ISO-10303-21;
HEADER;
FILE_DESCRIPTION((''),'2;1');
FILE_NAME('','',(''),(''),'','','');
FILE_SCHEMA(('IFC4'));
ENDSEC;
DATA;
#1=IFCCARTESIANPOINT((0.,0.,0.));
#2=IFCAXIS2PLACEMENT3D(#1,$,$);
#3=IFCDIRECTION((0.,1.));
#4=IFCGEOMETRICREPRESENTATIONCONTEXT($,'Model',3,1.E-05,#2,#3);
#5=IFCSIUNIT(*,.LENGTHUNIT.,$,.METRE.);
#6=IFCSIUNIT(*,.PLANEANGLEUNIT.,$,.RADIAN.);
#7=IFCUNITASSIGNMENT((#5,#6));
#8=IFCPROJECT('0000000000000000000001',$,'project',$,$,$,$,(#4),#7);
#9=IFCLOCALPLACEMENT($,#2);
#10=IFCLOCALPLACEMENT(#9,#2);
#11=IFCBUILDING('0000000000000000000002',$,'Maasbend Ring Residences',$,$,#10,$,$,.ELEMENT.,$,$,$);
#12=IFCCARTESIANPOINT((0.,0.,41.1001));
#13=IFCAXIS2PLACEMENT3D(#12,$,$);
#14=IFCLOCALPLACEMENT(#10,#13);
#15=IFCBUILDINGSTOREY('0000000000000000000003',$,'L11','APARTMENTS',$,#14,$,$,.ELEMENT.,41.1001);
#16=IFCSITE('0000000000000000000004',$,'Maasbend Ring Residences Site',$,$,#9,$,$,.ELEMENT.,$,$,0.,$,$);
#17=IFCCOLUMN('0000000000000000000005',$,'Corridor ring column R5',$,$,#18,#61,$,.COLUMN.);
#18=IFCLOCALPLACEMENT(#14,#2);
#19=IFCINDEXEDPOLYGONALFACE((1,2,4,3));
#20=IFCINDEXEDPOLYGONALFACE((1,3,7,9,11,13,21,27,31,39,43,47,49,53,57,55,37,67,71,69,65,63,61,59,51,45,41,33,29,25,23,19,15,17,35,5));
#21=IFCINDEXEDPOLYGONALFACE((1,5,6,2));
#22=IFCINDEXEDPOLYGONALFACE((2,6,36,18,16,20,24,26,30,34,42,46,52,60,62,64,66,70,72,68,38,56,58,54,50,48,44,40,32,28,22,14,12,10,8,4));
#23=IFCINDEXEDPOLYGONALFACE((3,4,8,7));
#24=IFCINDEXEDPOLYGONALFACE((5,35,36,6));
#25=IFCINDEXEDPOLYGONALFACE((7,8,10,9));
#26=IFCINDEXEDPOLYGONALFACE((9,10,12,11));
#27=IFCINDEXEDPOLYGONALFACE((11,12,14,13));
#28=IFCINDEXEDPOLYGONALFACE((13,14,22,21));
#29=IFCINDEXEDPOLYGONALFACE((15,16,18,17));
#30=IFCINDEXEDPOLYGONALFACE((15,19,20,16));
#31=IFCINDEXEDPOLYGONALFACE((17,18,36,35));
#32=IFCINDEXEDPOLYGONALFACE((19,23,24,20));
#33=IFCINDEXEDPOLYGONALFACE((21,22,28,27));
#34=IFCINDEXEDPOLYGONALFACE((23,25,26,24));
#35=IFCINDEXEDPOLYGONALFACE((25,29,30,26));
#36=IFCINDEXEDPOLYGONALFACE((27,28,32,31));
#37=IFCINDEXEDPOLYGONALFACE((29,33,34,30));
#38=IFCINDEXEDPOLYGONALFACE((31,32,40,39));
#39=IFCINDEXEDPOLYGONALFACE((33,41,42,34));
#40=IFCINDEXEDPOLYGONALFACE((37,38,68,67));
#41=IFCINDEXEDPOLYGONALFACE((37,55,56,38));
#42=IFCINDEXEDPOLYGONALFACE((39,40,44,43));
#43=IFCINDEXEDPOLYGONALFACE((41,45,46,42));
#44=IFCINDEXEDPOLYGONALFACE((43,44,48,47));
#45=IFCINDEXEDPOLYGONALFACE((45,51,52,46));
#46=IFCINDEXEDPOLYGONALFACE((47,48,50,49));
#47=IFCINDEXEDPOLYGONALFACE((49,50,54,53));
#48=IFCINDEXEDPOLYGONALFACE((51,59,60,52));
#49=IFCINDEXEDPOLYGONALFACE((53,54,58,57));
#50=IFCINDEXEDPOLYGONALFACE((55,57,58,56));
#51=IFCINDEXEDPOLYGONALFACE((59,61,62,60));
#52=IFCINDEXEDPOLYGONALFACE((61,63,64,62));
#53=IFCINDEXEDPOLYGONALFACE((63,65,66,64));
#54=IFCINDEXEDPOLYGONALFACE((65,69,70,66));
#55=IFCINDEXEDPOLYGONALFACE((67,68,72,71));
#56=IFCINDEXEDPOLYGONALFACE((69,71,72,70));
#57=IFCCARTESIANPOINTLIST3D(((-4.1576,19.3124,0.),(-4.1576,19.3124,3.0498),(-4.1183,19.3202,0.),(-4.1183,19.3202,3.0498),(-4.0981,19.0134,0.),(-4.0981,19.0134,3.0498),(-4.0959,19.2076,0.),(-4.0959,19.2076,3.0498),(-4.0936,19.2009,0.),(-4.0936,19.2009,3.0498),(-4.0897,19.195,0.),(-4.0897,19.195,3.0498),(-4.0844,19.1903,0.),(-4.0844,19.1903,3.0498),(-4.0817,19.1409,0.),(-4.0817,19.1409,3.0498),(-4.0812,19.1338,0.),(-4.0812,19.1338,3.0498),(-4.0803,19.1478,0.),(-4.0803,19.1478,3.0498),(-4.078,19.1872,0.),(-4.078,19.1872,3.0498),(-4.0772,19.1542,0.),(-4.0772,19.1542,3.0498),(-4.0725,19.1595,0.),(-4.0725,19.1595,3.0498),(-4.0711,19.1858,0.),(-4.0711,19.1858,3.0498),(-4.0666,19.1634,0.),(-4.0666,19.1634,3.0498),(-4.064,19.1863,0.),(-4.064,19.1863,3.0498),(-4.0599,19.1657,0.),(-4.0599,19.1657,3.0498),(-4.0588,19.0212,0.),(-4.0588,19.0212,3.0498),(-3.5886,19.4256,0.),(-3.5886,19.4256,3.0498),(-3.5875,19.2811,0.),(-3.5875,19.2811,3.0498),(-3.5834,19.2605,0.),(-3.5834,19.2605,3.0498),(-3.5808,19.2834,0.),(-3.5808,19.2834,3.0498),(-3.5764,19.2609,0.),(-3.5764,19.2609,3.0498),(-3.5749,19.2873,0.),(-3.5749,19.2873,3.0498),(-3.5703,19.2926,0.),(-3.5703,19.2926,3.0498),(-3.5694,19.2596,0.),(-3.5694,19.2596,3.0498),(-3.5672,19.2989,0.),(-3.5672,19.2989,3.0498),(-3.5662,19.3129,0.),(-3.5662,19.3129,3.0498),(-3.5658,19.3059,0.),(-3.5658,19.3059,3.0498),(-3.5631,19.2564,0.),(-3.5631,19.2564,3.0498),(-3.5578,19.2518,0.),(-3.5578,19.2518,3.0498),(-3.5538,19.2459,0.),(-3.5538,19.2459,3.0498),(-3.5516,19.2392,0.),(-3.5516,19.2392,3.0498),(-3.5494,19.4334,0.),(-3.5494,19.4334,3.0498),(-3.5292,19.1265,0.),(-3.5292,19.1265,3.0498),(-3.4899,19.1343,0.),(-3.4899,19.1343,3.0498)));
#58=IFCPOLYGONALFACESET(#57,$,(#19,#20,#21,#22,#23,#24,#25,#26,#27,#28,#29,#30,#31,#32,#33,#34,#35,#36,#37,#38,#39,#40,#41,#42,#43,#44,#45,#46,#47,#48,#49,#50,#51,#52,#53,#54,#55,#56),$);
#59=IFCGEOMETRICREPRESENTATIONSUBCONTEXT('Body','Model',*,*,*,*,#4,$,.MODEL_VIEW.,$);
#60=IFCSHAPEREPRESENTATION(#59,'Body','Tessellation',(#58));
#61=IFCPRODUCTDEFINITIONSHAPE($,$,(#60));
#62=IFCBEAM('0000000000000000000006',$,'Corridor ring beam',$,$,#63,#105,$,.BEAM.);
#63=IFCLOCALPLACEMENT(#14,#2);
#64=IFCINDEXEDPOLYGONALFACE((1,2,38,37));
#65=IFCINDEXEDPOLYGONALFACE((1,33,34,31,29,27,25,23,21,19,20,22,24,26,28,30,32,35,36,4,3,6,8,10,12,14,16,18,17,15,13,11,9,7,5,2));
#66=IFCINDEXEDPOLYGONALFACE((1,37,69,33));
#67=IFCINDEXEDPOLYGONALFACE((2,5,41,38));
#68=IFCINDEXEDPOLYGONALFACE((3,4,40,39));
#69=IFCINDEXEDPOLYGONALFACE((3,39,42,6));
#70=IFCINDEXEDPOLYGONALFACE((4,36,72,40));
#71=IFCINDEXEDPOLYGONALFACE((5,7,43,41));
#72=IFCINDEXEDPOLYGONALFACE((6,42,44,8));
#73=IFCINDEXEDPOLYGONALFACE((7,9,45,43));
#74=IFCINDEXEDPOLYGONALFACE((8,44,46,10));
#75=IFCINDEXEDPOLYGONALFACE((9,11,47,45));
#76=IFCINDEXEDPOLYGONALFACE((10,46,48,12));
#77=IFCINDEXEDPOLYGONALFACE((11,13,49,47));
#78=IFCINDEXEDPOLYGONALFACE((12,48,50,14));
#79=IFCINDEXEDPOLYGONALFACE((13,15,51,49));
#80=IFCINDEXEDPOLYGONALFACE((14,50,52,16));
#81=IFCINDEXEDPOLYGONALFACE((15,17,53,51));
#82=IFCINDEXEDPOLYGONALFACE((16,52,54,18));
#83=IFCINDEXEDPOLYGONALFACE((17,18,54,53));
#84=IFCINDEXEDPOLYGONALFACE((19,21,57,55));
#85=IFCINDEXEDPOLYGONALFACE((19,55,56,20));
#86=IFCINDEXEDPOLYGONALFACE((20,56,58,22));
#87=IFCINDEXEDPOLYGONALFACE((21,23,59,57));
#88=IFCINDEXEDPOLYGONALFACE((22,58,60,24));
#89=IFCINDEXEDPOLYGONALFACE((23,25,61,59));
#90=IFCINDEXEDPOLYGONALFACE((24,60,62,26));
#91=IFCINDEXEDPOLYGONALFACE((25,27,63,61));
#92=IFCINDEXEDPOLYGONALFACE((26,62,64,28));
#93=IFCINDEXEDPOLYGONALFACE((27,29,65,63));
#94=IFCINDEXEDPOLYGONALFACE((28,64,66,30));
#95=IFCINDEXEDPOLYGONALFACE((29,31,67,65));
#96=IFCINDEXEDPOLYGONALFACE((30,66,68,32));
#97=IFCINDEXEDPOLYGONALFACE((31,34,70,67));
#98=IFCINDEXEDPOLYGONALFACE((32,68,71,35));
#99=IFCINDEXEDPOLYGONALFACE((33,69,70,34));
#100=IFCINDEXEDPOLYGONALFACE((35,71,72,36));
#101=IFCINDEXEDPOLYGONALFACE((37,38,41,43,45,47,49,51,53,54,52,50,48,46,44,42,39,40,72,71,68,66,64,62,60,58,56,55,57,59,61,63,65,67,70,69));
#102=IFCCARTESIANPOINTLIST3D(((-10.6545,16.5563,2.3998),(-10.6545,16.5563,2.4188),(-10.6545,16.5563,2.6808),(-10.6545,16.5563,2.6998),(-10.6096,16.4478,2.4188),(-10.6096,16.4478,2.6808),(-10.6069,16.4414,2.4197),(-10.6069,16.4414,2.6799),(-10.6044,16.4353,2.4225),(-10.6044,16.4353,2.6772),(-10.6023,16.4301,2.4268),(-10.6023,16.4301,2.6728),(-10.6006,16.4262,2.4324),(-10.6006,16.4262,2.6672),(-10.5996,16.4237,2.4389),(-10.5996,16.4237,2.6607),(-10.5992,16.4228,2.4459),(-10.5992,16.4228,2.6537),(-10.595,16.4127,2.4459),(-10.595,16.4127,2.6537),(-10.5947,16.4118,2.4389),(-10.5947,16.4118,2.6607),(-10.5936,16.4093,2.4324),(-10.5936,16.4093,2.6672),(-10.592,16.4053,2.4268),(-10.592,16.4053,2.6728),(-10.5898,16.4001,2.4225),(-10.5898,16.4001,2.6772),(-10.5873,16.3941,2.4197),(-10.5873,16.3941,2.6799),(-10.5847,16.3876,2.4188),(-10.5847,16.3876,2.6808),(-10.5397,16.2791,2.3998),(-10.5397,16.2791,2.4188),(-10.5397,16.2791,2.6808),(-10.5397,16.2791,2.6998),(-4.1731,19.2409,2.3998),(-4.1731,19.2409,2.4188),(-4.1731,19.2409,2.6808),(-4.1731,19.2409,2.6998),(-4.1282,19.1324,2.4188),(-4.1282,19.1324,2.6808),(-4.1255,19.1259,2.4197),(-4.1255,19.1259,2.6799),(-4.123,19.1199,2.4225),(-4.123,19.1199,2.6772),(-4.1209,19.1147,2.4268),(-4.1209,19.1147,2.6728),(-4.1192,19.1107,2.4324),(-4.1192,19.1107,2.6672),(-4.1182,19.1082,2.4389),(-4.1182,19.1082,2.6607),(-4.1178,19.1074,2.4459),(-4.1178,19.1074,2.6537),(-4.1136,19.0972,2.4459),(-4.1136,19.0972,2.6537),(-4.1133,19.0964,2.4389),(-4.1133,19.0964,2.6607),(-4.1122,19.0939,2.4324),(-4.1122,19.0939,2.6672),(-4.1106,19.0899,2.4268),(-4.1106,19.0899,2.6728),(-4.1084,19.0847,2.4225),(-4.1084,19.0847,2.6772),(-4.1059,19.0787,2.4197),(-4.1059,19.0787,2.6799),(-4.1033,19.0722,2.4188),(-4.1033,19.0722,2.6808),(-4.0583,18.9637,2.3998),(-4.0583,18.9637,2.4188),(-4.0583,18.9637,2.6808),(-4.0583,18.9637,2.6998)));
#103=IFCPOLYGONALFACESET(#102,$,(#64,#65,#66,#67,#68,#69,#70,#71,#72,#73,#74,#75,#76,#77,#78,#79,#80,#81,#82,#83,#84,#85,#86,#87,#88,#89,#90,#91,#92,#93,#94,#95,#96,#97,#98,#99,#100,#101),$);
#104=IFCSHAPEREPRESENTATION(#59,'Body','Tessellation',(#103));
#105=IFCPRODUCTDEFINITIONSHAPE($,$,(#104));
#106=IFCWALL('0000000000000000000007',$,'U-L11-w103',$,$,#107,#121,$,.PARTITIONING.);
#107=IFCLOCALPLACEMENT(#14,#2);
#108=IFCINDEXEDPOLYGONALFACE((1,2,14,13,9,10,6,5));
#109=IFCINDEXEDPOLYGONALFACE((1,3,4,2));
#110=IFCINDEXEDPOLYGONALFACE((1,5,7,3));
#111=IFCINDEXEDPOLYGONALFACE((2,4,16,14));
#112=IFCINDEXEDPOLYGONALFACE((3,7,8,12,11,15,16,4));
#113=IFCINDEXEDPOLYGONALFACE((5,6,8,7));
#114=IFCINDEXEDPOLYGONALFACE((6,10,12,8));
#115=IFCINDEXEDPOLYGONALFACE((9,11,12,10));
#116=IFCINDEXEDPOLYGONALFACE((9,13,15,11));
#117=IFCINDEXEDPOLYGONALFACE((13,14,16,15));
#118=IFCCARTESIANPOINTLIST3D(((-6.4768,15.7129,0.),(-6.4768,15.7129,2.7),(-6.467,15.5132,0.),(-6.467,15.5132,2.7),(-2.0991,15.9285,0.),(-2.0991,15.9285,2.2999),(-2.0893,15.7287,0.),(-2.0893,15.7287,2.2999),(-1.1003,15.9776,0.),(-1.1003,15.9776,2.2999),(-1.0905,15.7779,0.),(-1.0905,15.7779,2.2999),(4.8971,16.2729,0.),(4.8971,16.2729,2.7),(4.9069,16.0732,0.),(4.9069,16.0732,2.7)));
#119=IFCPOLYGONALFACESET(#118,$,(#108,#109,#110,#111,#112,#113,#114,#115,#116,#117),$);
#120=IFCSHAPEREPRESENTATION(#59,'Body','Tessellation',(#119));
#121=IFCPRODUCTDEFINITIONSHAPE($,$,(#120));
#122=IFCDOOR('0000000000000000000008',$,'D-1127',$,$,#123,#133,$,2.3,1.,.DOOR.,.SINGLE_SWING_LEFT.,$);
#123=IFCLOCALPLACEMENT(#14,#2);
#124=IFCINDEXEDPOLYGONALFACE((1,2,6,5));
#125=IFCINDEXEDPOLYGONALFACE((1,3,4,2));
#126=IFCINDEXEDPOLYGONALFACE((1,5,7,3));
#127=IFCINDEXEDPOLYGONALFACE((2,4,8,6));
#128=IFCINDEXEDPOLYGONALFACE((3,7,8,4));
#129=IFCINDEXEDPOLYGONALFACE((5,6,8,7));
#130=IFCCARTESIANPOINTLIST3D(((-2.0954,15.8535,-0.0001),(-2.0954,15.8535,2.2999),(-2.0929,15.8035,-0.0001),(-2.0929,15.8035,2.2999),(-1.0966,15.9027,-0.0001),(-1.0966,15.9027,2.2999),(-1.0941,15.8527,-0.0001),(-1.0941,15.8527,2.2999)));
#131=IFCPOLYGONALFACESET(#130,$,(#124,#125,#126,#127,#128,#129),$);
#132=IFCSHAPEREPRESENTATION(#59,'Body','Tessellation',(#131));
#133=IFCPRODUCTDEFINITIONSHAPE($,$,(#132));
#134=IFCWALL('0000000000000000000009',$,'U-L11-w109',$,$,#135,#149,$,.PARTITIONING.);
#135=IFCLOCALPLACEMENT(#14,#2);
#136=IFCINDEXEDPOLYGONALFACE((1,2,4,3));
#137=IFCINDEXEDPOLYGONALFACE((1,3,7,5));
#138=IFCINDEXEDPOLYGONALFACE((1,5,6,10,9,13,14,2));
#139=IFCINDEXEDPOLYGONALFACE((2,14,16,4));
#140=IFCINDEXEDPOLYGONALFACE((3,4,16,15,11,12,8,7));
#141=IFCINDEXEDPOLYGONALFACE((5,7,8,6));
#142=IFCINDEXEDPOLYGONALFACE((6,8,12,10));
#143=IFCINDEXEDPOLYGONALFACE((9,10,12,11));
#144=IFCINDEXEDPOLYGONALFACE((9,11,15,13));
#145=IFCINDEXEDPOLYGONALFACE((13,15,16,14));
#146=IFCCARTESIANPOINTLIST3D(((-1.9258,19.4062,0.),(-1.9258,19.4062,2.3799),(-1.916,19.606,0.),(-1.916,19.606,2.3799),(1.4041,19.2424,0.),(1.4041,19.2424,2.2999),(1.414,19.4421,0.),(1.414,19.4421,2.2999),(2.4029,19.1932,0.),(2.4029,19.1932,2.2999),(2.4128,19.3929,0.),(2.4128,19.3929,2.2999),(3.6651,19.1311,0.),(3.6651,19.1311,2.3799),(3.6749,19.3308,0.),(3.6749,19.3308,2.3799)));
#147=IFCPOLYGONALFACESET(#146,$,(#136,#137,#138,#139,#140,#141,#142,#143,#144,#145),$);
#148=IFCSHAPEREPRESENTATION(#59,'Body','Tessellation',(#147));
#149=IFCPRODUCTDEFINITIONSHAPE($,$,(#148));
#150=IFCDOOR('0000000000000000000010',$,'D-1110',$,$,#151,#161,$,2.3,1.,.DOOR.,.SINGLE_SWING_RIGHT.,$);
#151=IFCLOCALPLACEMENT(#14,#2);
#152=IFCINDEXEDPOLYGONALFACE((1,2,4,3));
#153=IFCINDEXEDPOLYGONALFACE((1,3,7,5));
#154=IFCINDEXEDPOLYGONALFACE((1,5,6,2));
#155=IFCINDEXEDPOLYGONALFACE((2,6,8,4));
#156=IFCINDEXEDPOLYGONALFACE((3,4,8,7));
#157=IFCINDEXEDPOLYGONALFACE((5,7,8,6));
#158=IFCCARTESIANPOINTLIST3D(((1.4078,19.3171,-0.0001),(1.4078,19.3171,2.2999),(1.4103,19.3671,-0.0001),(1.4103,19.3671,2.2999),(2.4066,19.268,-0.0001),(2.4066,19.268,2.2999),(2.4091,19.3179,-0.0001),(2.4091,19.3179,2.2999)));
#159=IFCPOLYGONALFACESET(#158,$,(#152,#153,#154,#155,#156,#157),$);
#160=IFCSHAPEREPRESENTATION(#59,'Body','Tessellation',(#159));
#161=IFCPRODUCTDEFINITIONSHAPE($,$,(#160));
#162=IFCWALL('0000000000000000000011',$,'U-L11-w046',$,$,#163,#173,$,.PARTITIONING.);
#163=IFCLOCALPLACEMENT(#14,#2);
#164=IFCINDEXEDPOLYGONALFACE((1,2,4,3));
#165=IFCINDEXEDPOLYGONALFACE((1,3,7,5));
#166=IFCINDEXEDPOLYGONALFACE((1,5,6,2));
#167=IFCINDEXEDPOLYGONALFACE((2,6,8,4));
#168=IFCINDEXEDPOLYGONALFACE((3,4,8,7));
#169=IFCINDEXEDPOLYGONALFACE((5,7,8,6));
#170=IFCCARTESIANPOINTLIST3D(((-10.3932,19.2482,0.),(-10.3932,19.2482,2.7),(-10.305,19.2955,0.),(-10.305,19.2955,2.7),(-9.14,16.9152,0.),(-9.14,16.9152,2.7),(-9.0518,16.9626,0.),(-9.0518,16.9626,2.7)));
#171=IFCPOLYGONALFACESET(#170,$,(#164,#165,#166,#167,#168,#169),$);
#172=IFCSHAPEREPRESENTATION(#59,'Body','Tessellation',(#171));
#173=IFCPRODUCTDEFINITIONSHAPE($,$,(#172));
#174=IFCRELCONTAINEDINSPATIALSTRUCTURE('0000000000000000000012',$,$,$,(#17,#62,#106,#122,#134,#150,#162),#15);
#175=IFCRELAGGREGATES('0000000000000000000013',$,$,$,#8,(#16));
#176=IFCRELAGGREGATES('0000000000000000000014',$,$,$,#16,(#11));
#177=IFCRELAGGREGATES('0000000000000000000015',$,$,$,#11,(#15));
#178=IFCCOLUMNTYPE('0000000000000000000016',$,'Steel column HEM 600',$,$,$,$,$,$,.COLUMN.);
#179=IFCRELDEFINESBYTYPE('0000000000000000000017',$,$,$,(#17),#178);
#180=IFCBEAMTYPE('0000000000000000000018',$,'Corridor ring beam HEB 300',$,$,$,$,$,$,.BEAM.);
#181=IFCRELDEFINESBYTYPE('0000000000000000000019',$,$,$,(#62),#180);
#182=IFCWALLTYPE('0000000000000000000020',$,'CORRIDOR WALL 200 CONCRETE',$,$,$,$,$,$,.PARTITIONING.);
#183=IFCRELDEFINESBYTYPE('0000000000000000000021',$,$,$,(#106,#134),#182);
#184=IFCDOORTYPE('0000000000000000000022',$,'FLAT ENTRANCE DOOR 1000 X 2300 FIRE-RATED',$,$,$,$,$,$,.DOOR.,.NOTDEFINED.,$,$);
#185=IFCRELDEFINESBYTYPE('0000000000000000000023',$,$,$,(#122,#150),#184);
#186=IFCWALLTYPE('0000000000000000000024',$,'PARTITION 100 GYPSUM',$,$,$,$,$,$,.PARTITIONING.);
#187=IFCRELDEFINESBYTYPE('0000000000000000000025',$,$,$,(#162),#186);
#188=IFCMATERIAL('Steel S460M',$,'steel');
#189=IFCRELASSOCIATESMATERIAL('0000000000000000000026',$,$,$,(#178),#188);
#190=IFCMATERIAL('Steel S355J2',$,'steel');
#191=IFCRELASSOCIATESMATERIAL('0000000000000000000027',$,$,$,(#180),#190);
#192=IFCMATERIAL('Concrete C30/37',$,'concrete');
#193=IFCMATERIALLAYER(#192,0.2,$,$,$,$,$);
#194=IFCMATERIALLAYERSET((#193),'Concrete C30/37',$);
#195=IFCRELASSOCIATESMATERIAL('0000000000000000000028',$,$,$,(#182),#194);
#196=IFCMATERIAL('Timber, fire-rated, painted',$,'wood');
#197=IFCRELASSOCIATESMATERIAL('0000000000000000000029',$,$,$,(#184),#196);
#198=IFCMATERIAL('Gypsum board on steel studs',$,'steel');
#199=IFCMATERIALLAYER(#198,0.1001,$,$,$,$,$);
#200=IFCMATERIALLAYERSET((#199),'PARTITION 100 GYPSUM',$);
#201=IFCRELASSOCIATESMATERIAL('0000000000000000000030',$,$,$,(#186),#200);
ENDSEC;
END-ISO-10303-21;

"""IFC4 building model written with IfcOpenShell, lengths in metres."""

from ifc_helpers import new_model, si_unit, direction, frame, frame_2d, origin, origin_2d, place, context, subcontext, project, spatial, rectangle, i_section, extrude, material, layer, layer_set, material_profile, profile_set, type_object, element, fill, save


model = new_model("IFC4")

# Units and contexts
model_context = context("Model", 3, precision=1e-05, world=origin(), true_north=direction((0.0, 1.0)))
body_context = subcontext(model_context, "Body", "Model", "MODEL_VIEW")
ifc_project = project(units=[si_unit("LENGTHUNIT", "METRE"), si_unit("PLANEANGLEUNIT", "RADIAN")], contexts=[model_context])

# Site, building, storey
site_placement = place(None, origin())
site = spatial("IfcSite", under=ifc_project, at=site_placement, Name="Maasbend Ring Residences Site", CompositionType="ELEMENT", RefElevation=0.0)
building_placement = place(site_placement, origin())
building = spatial("IfcBuilding", under=site, at=building_placement, Name="Maasbend Ring Residences", CompositionType="ELEMENT")
storey_placement = place(building_placement, frame((0.0, 0.0, 41.1001)))
storey = spatial("IfcBuildingStorey", under=building, at=storey_placement, Name="L11", Description="APARTMENTS", CompositionType="ELEMENT", Elevation=41.1001)

# Column
ifc_material_1 = material(Name="Steel S460M", Category="steel")
ifc_material_profile_1 = material_profile(ifc_material_1, i_section(OverallWidth=0.3049, OverallDepth=0.6201, WebThickness=0.021, FlangeThickness=0.04, FilletRadius=0.0271, at=origin_2d()), Name="HEM 600")
ifc_profile_set_1 = profile_set([ifc_material_profile_1], Name="Steel S460M")
column_type = type_object("IfcColumnType", Name="Steel column HEM 600", PredefinedType="COLUMN", material=ifc_profile_set_1)
column_placement = place(storey_placement, frame((-3.8237, 19.2234, 0.0), z_axis=(0.0, 0.0, 1.0), x_axis=(-0.19509, 0.980785, 0.0)))
element("IfcColumn", 1, at=column_placement, inside=storey, type_object=column_type, Name="Corridor ring column R5", PredefinedType="COLUMN", context=body_context, shape_type="SweptSolid", body=[
    extrude(i_section(OverallWidth=0.3049, OverallDepth=0.6201, WebThickness=0.021, FlangeThickness=0.04, FilletRadius=0.0271, at=origin_2d()), origin(), (0.0, 0.0, 1.0), 3.0498),
])

# Beam
ifc_material_2 = material(Name="Steel S355J2", Category="steel")
ifc_material_profile_2 = material_profile(ifc_material_2, i_section(OverallWidth=0.3, OverallDepth=0.3, WebThickness=0.011, FlangeThickness=0.019, FilletRadius=0.0271, at=origin_2d()), Name="HEB 300")
ifc_profile_set_2 = profile_set([ifc_material_profile_2], Name="Steel S355J2")
beam_type = type_object("IfcBeamType", Name="Corridor ring beam HEB 300", PredefinedType="BEAM", material=ifc_profile_set_2)
beam_placement = place(storey_placement, frame((-4.1157, 19.1023, 2.5498), z_axis=(-0.923886, -0.382667, 0.0), x_axis=(0.382667, -0.923886, 0.0)))
element("IfcBeam", 2, at=beam_placement, inside=storey, type_object=beam_type, Name="Corridor ring beam", PredefinedType="BEAM", context=body_context, shape_type="SweptSolid", body=[
    extrude(i_section(OverallWidth=0.3, OverallDepth=0.3, WebThickness=0.011, FlangeThickness=0.019, FilletRadius=0.0271, at=origin_2d()), origin(), (0.0, 0.0, 1.0), 7.0154),
])

# Walls, openings, doors
ifc_material_3 = material(Name="Concrete C30/37", Category="concrete")
ifc_layer_1 = layer(ifc_material_3, 0.2)
ifc_layer_set_1 = layer_set([ifc_layer_1], Name="Concrete C30/37")
wall_type_1 = type_object("IfcWallType", Name="CORRIDOR WALL 200 CONCRETE", PredefinedType="PARTITIONING", material=ifc_layer_set_1)
wall_1_placement = place(storey_placement, frame((-6.4719, 15.613, 0.0), z_axis=(0.0, 0.0, 1.0), x_axis=(0.99879, 0.049181, 0.0)))
wall_1 = element("IfcWall", 3, at=wall_1_placement, inside=storey, type_object=wall_type_1, Name="U-L11-w103", PredefinedType="PARTITIONING", context=body_context, shape_type="SweptSolid", body=[
    extrude(rectangle(XDim=11.3877, YDim=0.2, at=frame_2d((5.6938, 0.0))), origin(), (0.0, 0.0, 1.0), 2.7),
])
opening_1_placement = place(wall_1_placement, frame((4.3831, 0.0, 0.0)))
opening_1 = element("IfcOpeningElement", 4, at=opening_1_placement, cuts=wall_1, PredefinedType="OPENING", context=body_context, shape_type="SweptSolid", body=[
    extrude(rectangle(XDim=1.0, YDim=2.3, at=frame_2d((0.5, 1.1499))), frame((0.0, 0.1099, 0.0), z_axis=(0.0, -1.0, 0.0), x_axis=(1.0, 0.0, 0.0)), (0.0, 0.0, 1.0), 0.22),
])
ifc_material_4 = material(Name="Timber, fire-rated, painted", Category="wood")
door_type_1 = type_object("IfcDoorType", Name="FLAT ENTRANCE DOOR 1000 X 2300 FIRE-RATED", OperationType="NOTDEFINED", PredefinedType="DOOR", material=ifc_material_4)
door_1_placement = place(opening_1_placement, origin())
door_1 = element("IfcDoor", 5, at=door_1_placement, inside=storey, type_object=door_type_1, Name="D-1127", OperationType="SINGLE_SWING_LEFT", OverallHeight=2.3, OverallWidth=1.0, PredefinedType="DOOR", context=body_context, shape_type="SweptSolid", body=[
    extrude(rectangle(XDim=1.0, YDim=2.3, at=frame_2d((0.5, 1.1499))), frame((0.0, 0.0249, 0.0), z_axis=(0.0, -1.0, 0.0), x_axis=(1.0, 0.0, 0.0)), (0.0, 0.0, 1.0), 0.05),
])
fill(opening_1, door_1)
wall_2_placement = place(storey_placement, frame((-1.9209, 19.5061, 0.0), z_axis=(0.0, 0.0, 1.0), x_axis=(0.998791, -0.049154, 0.0)))
wall_2 = element("IfcWall", 6, at=wall_2_placement, inside=storey, type_object=wall_type_1, Name="U-L11-w109", PredefinedType="PARTITIONING", context=body_context, shape_type="SweptSolid", body=[
    extrude(rectangle(XDim=5.5977, YDim=0.2, at=frame_2d((2.7988, 0.0))), origin(), (0.0, 0.0, 1.0), 2.3799),
])
opening_2_placement = place(wall_2_placement, frame((3.334, 0.0, 0.0)))
opening_2 = element("IfcOpeningElement", 7, at=opening_2_placement, cuts=wall_2, PredefinedType="OPENING", context=body_context, shape_type="SweptSolid", body=[
    extrude(rectangle(XDim=1.0, YDim=2.3, at=frame_2d((0.5, 1.1499))), frame((0.0, 0.1099, 0.0), z_axis=(0.0, -1.0, 0.0), x_axis=(1.0, 0.0, 0.0)), (0.0, 0.0, 1.0), 0.22),
])
door_2_placement = place(opening_2_placement, origin())
door_2 = element("IfcDoor", 8, at=door_2_placement, inside=storey, type_object=door_type_1, Name="D-1110", OperationType="SINGLE_SWING_RIGHT", OverallHeight=2.3, OverallWidth=1.0, PredefinedType="DOOR", context=body_context, shape_type="SweptSolid", body=[
    extrude(rectangle(XDim=1.0, YDim=2.3, at=frame_2d((0.5, 1.1499))), frame((0.0, 0.0249, 0.0), z_axis=(0.0, -1.0, 0.0), x_axis=(1.0, 0.0, 0.0)), (0.0, 0.0, 1.0), 0.05),
])
fill(opening_2, door_2)

# Wall
ifc_material_5 = material(Name="Gypsum board on steel studs", Category="steel")
ifc_layer_2 = layer(ifc_material_5, 0.1001)
ifc_layer_set_2 = layer_set([ifc_layer_2], Name="PARTITION 100 GYPSUM")
wall_type_2 = type_object("IfcWallType", Name="PARTITION 100 GYPSUM", PredefinedType="PARTITIONING", material=ifc_layer_set_2)
wall_3_placement = place(storey_placement, frame((-10.3491, 19.272, 0.0), z_axis=(0.0, 0.0, 1.0), x_axis=(0.473203, -0.880953, 0.0)))
element("IfcWall", 9, at=wall_3_placement, inside=storey, type_object=wall_type_2, Name="U-L11-w046", PredefinedType="PARTITIONING", context=body_context, shape_type="SweptSolid", body=[
    extrude(rectangle(XDim=2.6482, YDim=0.1001, at=frame_2d((1.3242, 0.0))), origin(), (0.0, 0.0, 1.0), 2.7),
])

save(model, "model.ifc")
